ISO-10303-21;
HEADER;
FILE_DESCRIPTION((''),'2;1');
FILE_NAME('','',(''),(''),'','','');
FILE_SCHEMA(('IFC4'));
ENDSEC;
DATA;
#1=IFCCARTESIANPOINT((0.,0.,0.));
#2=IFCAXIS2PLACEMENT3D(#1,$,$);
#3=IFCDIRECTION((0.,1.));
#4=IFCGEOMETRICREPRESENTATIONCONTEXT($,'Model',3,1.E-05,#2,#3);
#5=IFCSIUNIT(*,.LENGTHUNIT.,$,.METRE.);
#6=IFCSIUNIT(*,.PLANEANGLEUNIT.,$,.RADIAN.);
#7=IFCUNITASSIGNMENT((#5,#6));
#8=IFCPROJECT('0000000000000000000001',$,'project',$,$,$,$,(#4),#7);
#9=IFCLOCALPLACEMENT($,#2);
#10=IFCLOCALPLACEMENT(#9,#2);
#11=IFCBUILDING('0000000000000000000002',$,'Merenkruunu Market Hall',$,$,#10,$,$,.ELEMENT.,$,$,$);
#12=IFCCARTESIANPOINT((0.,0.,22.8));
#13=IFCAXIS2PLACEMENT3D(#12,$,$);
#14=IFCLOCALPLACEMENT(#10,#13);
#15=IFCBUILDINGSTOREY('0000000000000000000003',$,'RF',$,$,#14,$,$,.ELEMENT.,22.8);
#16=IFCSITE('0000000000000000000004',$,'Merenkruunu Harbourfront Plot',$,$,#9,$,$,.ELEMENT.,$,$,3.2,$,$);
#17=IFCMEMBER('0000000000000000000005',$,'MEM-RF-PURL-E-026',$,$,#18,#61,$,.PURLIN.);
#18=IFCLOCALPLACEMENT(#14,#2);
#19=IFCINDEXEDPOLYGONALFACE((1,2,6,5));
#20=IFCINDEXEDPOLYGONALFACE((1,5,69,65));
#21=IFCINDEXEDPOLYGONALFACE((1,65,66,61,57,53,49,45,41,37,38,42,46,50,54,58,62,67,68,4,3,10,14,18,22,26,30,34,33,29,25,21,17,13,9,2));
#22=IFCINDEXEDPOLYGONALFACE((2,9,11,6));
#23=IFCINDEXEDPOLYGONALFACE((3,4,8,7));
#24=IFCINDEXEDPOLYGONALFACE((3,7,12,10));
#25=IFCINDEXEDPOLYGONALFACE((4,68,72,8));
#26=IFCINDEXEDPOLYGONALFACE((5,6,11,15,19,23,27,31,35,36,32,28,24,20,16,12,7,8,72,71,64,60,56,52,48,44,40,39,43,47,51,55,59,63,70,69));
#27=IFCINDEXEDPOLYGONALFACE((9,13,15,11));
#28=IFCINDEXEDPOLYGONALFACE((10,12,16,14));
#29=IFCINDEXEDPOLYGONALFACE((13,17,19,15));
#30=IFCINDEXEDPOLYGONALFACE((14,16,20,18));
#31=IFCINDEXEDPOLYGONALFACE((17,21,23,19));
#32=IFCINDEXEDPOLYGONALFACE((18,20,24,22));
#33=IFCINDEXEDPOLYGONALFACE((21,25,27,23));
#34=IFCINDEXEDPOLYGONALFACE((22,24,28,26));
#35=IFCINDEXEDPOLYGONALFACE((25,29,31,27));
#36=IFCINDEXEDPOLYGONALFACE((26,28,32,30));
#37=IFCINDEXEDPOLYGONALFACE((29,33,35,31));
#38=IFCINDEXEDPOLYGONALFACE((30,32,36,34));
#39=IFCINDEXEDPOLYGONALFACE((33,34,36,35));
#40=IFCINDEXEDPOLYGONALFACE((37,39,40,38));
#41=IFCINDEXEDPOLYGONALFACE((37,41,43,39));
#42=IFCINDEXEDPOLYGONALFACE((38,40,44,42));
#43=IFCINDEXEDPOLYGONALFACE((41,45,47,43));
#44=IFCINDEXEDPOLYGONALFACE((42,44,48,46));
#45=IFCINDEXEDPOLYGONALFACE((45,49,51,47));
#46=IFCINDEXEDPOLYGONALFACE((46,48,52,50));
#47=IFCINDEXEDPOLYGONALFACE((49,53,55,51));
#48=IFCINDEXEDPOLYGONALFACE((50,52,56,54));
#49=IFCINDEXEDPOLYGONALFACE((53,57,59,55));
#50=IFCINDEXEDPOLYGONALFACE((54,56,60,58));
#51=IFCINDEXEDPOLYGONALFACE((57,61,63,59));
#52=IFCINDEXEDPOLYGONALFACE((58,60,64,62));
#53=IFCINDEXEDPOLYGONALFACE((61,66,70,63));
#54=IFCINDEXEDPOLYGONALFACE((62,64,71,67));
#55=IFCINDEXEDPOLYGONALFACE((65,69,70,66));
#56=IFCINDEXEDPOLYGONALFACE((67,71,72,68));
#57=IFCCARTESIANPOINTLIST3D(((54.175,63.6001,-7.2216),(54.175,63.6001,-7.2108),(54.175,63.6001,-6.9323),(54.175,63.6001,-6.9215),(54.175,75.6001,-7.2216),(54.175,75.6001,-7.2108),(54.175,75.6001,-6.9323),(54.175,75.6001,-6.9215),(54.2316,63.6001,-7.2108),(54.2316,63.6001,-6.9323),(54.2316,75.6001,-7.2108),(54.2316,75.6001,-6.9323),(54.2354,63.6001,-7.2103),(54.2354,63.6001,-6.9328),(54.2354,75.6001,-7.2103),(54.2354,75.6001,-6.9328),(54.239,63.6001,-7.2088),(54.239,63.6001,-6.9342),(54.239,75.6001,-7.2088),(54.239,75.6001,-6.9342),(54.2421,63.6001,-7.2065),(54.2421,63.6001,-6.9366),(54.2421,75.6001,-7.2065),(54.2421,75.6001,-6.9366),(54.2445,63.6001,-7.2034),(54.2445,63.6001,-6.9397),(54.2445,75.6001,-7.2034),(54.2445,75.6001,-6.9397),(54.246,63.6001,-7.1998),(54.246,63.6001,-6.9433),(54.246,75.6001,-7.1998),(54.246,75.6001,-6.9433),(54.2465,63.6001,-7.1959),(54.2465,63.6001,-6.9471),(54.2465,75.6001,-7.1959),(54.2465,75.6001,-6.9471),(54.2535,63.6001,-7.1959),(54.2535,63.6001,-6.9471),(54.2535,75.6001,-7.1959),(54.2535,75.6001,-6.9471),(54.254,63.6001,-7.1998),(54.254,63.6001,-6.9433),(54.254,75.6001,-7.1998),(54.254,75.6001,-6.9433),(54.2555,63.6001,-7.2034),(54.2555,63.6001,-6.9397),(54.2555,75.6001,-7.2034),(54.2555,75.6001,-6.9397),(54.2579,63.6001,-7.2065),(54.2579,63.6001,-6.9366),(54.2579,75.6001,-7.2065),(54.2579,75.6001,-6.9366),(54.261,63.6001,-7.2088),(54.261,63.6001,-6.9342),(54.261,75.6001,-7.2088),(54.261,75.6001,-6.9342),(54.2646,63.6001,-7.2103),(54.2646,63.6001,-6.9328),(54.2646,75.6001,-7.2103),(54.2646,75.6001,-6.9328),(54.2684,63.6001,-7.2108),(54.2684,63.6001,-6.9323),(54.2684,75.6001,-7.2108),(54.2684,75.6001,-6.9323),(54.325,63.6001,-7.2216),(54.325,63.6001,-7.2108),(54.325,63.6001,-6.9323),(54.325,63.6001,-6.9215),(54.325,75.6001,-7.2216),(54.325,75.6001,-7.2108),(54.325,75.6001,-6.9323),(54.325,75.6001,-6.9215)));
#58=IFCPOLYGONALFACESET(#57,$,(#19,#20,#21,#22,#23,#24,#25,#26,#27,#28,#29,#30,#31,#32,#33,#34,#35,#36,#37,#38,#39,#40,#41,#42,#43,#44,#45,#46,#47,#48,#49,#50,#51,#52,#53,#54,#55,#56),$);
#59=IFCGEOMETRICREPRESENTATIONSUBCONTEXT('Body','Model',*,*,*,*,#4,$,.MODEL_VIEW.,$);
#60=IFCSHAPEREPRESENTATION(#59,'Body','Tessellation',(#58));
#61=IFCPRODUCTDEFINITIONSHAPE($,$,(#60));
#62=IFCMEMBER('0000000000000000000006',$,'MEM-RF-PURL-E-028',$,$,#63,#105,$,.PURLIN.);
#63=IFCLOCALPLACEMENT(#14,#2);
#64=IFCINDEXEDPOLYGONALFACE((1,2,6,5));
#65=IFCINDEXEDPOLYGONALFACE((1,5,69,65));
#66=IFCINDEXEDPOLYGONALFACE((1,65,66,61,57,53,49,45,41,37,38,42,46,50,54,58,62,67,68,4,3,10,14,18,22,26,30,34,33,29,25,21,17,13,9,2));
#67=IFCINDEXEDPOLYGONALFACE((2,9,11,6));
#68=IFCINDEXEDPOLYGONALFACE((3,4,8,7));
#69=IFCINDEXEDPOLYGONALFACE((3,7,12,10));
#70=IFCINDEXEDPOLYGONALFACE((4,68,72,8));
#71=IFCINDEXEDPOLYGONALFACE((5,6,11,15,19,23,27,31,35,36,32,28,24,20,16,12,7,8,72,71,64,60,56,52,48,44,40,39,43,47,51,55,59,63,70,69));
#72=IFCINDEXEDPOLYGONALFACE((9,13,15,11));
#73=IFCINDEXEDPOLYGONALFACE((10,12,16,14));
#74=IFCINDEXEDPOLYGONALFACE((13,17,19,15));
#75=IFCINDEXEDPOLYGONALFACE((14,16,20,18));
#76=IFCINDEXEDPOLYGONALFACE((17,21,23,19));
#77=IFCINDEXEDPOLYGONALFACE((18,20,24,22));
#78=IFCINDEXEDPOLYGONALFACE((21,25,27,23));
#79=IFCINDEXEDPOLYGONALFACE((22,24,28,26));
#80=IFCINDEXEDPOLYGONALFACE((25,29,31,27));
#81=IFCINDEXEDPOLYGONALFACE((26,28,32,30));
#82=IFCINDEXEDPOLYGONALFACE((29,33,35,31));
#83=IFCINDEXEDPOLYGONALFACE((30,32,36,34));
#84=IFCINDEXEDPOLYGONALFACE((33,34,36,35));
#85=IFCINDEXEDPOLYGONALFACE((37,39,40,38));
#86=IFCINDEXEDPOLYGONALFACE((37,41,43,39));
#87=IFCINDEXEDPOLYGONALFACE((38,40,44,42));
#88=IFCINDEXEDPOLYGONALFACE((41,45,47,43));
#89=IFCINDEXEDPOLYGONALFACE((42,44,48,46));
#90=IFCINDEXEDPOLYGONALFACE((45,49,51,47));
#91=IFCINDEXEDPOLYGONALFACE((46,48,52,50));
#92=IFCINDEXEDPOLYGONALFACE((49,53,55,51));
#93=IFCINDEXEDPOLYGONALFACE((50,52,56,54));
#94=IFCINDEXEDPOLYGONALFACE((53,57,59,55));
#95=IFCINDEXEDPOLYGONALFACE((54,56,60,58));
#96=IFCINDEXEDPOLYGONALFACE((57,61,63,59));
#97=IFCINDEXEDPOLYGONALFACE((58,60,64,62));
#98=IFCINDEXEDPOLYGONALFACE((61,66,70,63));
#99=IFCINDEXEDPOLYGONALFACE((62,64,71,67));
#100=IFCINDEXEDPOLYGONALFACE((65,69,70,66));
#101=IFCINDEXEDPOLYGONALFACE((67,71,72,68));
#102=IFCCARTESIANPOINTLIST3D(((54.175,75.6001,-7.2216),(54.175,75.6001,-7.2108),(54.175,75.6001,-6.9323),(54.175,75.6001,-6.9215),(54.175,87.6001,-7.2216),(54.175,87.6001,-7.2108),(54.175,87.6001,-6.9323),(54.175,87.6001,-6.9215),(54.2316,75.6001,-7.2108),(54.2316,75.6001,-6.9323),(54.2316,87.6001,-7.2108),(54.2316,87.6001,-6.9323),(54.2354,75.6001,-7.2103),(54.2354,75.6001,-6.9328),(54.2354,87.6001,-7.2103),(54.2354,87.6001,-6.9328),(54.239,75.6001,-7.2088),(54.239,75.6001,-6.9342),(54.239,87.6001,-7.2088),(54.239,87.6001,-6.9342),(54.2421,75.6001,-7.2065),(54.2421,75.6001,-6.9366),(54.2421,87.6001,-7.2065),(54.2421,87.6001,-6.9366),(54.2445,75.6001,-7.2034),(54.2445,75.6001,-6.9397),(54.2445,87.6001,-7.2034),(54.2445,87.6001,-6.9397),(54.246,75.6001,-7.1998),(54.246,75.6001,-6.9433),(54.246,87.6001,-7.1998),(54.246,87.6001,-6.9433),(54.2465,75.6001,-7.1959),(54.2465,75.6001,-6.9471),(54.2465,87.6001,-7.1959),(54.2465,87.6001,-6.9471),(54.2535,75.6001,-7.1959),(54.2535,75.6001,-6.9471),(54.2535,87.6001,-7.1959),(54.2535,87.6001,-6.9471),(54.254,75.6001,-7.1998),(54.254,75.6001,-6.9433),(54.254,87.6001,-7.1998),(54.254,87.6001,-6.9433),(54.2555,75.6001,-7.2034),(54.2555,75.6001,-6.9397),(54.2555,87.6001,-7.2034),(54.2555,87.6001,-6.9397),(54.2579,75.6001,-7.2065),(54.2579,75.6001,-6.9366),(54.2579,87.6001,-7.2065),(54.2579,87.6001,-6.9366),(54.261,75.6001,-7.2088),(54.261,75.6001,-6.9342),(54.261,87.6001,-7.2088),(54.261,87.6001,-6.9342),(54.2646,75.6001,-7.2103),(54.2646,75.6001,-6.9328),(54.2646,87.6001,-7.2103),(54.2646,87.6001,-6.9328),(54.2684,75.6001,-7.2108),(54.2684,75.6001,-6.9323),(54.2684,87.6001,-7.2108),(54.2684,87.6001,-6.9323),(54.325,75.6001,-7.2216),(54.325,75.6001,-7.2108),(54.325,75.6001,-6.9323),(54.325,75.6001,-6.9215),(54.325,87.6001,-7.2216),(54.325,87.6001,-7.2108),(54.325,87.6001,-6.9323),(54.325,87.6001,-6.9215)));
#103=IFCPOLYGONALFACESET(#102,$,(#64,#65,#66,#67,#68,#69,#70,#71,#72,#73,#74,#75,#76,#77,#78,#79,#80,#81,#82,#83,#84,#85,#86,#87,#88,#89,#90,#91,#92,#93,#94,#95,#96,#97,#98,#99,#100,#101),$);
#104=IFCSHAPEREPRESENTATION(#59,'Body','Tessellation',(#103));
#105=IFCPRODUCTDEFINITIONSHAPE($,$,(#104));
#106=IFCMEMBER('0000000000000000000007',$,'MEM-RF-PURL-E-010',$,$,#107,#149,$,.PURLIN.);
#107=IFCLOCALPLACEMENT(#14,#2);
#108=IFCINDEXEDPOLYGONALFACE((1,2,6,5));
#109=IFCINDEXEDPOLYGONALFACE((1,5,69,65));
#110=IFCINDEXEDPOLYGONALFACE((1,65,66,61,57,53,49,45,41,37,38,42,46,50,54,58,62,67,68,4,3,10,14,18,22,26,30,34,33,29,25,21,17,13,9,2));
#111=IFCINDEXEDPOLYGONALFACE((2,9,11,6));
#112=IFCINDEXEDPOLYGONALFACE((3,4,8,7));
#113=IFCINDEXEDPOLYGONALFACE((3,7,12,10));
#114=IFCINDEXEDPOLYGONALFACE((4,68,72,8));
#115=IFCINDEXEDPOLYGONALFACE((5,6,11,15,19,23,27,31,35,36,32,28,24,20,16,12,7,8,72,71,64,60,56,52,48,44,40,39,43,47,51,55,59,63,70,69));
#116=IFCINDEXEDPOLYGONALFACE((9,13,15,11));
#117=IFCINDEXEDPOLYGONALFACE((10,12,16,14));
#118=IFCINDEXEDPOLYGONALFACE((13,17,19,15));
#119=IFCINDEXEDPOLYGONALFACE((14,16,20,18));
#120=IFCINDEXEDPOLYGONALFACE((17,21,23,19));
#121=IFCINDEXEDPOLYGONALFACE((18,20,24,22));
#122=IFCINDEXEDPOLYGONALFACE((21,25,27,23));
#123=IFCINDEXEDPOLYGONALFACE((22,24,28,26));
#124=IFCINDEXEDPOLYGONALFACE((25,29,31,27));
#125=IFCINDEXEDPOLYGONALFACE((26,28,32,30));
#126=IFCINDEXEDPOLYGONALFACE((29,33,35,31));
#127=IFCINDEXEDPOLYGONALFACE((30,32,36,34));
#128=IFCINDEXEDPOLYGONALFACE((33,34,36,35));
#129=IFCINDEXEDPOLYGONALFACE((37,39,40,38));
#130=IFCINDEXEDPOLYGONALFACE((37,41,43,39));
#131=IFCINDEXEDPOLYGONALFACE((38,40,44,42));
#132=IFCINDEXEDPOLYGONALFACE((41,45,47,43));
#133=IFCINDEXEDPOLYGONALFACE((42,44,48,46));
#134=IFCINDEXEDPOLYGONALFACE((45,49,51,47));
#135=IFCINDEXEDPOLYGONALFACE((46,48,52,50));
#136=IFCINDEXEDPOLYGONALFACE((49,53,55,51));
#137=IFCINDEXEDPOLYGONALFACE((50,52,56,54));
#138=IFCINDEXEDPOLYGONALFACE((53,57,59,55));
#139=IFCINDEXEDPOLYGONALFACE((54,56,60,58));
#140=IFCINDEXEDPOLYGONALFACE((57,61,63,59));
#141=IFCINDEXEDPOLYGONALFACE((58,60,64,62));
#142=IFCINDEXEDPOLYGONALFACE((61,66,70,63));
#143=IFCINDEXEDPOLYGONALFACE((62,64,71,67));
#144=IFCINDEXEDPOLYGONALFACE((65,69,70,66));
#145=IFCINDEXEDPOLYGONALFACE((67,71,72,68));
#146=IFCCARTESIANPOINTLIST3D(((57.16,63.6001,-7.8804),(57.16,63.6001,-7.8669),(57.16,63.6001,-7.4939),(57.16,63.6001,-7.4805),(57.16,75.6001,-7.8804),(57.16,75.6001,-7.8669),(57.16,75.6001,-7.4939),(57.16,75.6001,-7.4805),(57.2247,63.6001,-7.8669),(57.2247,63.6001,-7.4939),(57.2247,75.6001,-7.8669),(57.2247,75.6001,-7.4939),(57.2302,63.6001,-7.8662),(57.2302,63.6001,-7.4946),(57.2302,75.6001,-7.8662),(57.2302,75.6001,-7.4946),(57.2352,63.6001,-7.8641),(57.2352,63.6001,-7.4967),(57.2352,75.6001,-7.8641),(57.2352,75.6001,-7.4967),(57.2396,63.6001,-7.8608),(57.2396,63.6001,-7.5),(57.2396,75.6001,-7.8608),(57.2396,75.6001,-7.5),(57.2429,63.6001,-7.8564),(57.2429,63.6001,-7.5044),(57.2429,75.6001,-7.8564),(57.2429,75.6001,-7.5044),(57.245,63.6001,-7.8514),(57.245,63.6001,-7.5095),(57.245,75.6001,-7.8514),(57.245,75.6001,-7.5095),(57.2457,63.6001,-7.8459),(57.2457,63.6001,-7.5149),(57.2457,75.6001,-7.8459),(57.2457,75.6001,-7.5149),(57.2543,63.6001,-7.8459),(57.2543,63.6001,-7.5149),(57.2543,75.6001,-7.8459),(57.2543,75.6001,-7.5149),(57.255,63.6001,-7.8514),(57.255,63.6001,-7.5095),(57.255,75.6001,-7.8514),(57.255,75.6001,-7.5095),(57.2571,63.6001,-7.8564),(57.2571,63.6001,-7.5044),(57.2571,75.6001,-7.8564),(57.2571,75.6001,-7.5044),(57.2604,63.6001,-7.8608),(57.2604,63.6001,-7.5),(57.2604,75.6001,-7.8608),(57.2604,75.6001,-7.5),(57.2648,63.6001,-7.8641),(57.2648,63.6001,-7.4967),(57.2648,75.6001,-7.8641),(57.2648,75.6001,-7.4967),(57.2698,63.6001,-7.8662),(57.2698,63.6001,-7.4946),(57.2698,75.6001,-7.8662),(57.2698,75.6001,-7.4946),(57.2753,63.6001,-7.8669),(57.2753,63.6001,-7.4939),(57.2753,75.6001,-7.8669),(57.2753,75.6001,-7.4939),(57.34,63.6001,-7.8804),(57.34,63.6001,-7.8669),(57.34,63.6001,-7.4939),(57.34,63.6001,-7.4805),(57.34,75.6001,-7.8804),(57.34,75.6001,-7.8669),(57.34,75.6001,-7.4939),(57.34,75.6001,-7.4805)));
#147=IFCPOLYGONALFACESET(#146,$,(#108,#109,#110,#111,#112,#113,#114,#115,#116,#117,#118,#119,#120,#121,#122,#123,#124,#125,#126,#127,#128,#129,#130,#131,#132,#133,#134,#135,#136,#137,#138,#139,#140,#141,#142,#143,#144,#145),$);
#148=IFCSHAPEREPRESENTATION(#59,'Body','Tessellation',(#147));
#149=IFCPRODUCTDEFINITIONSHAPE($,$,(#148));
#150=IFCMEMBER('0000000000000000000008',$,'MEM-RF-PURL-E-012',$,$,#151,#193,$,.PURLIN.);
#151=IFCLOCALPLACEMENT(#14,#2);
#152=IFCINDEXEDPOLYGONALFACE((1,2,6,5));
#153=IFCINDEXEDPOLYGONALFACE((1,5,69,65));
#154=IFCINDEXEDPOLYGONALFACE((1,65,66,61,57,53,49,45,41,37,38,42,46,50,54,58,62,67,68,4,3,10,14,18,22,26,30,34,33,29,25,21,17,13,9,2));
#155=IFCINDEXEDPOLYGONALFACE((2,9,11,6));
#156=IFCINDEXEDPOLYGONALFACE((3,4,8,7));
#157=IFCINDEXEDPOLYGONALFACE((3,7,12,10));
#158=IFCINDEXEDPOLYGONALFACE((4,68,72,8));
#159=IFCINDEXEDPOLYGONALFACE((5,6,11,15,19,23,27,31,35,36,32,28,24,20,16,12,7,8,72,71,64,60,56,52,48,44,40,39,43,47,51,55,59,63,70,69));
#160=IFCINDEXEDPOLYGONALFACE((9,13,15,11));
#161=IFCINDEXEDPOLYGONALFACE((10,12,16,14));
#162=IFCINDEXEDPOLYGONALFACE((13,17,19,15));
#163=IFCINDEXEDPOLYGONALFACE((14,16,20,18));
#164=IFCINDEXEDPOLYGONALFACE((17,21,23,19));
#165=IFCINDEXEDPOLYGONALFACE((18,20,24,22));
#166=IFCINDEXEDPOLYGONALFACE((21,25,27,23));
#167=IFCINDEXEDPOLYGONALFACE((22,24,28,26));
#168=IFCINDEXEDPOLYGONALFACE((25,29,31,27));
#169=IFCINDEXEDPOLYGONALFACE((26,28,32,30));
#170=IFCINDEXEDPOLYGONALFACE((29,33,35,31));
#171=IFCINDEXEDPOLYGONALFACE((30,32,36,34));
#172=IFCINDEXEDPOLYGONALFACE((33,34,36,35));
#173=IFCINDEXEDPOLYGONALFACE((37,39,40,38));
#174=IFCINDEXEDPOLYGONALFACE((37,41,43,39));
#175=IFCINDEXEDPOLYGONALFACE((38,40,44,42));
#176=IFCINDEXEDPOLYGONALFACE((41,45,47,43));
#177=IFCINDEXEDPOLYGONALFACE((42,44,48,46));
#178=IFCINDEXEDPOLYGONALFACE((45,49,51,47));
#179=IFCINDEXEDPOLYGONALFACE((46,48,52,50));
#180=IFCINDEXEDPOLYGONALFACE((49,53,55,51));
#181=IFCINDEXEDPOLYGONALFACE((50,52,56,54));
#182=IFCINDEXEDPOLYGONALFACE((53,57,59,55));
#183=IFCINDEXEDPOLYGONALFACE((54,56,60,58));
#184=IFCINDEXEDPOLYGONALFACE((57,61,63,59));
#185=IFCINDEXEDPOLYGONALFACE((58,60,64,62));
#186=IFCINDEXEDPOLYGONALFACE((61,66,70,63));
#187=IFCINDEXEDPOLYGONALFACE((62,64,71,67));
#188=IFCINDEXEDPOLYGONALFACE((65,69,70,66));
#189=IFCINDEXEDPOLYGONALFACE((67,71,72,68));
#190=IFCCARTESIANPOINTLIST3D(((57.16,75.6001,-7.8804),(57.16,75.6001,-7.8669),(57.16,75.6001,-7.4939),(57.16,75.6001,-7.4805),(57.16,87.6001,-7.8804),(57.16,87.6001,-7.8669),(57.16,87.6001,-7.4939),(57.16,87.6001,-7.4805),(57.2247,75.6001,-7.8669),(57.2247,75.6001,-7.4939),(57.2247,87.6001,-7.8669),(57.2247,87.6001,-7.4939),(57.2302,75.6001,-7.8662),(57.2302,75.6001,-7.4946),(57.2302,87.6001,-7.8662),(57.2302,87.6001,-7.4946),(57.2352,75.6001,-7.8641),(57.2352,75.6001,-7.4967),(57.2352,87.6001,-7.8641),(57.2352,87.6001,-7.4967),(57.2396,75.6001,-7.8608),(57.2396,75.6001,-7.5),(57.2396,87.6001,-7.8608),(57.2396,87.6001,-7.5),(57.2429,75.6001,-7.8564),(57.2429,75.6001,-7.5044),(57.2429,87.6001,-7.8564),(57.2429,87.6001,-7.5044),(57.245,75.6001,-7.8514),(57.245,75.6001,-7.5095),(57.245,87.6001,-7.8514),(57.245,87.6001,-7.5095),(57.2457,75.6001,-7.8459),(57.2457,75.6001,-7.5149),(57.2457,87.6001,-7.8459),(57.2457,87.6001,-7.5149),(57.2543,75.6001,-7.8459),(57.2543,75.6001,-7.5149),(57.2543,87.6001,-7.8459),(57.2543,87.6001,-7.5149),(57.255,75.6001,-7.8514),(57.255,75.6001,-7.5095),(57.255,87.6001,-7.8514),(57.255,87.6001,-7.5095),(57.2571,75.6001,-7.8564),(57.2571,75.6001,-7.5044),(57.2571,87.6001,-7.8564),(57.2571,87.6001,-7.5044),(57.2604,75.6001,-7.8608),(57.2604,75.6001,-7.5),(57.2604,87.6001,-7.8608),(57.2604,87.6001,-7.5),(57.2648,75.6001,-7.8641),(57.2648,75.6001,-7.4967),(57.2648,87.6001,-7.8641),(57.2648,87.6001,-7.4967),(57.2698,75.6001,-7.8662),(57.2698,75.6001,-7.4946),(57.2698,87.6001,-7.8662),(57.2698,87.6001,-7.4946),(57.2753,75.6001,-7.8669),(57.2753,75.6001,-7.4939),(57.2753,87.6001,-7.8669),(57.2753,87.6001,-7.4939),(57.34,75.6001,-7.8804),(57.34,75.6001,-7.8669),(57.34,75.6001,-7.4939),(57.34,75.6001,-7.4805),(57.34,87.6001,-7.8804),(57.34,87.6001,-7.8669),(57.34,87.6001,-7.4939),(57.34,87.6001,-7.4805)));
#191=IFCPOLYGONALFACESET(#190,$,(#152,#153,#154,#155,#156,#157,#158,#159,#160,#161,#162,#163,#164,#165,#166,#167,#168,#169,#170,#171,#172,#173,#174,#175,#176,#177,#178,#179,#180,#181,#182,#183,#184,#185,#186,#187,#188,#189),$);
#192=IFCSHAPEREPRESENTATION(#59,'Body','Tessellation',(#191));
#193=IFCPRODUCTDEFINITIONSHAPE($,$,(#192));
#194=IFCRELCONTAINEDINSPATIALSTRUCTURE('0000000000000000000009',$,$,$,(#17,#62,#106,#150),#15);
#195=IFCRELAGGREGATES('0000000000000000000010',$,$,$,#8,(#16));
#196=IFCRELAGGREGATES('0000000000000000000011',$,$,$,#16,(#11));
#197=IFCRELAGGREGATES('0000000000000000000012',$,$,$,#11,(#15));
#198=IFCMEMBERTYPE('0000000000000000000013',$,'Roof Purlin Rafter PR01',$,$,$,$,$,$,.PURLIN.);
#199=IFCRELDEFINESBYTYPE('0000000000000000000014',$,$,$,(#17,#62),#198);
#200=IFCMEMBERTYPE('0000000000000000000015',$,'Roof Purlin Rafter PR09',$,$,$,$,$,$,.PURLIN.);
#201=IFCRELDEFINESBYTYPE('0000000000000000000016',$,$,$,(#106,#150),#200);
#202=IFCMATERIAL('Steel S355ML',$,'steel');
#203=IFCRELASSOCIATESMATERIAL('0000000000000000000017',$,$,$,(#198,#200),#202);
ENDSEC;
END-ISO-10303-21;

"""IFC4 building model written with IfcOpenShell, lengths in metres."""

from ifc_helpers import new_model, si_unit, direction, frame, origin, origin_2d, place, context, subcontext, project, spatial, i_section, extrude, material, material_profile, profile_set, type_object, element, save


model = new_model("IFC4")

# Units and contexts
model_context = context("Model", 3, precision=1e-05, world=origin(), true_north=direction((0.0, 1.0)))
body_context = subcontext(model_context, "Body", "Model", "MODEL_VIEW")
ifc_project = project(units=[si_unit("LENGTHUNIT", "METRE"), si_unit("PLANEANGLEUNIT", "RADIAN")], contexts=[model_context])

# Site, building, storey
site_placement = place(None, origin())
site = spatial("IfcSite", under=ifc_project, at=site_placement, Name="Merenkruunu Harbourfront Plot", CompositionType="ELEMENT", RefElevation=3.2)
building_placement = place(site_placement, origin())
building = spatial("IfcBuilding", under=site, at=building_placement, Name="Merenkruunu Market Hall", CompositionType="ELEMENT")
storey_placement = place(building_placement, frame((0.0, 0.0, 22.8)))
storey = spatial("IfcBuildingStorey", under=building, at=storey_placement, Name="RF", CompositionType="ELEMENT", Elevation=22.8)

# Shared definitions
ifc_material_1 = material(Name="Steel S355ML", Category="steel")

# Members
ifc_material_profile_1 = material_profile(ifc_material_1, i_section(OverallWidth=0.1499, OverallDepth=0.3, WebThickness=0.0071, FlangeThickness=0.0107, FilletRadius=0.0149, at=origin_2d()), Name="IPE 300")
ifc_profile_set_1 = profile_set([ifc_material_profile_1], Name="Steel S355ML")
member_type_1 = type_object("IfcMemberType", Name="Roof Purlin Rafter PR01", PredefinedType="PURLIN", material=ifc_profile_set_1)
for number, where, z_axis, x_axis, name in (
    (1, (54.25, 63.6001, -7.0715), (0.0, 1.0, 0.0), (-1.0, 0.0, 0.0), "MEM-RF-PURL-E-026"),
    (2, (54.25, 75.6001, -7.0715), (0.0, 1.0, 0.0), (-1.0, 0.0, 0.0), "MEM-RF-PURL-E-028"),
):
    element("IfcMember", number, at=place(storey_placement, frame(where, z_axis=z_axis, x_axis=x_axis)), inside=storey, type_object=member_type_1, Name=name, PredefinedType="PURLIN", context=body_context, shape_type="SweptSolid", body=[
        extrude(i_section(OverallWidth=0.1499, OverallDepth=0.3, WebThickness=0.0071, FlangeThickness=0.0107, FilletRadius=0.0149, at=origin_2d()), origin(), (0.0, 0.0, 1.0), 12.0),
    ])
ifc_material_profile_2 = material_profile(ifc_material_1, i_section(OverallWidth=0.1799, OverallDepth=0.3999, WebThickness=0.0085, FlangeThickness=0.0134, FilletRadius=0.021, at=origin_2d()), Name="IPE 400")
ifc_profile_set_2 = profile_set([ifc_material_profile_2], Name="Steel S355ML")
member_type_2 = type_object("IfcMemberType", Name="Roof Purlin Rafter PR09", PredefinedType="PURLIN", material=ifc_profile_set_2)
for number, where, z_axis, x_axis, name in (
    (3, (57.25, 63.6001, -7.6804), (0.0, 1.0, 0.0), (-1.0, 0.0, 0.0), "MEM-RF-PURL-E-010"),
    (4, (57.25, 75.6001, -7.6804), (0.0, 1.0, 0.0), (-1.0, 0.0, 0.0), "MEM-RF-PURL-E-012"),
):
    element("IfcMember", number, at=place(storey_placement, frame(where, z_axis=z_axis, x_axis=x_axis)), inside=storey, type_object=member_type_2, Name=name, PredefinedType="PURLIN", context=body_context, shape_type="SweptSolid", body=[
        extrude(i_section(OverallWidth=0.1799, OverallDepth=0.3999, WebThickness=0.0085, FlangeThickness=0.0134, FilletRadius=0.021, at=origin_2d()), origin(), (0.0, 0.0, 1.0), 12.0),
    ])

save(model, "model.ifc")
